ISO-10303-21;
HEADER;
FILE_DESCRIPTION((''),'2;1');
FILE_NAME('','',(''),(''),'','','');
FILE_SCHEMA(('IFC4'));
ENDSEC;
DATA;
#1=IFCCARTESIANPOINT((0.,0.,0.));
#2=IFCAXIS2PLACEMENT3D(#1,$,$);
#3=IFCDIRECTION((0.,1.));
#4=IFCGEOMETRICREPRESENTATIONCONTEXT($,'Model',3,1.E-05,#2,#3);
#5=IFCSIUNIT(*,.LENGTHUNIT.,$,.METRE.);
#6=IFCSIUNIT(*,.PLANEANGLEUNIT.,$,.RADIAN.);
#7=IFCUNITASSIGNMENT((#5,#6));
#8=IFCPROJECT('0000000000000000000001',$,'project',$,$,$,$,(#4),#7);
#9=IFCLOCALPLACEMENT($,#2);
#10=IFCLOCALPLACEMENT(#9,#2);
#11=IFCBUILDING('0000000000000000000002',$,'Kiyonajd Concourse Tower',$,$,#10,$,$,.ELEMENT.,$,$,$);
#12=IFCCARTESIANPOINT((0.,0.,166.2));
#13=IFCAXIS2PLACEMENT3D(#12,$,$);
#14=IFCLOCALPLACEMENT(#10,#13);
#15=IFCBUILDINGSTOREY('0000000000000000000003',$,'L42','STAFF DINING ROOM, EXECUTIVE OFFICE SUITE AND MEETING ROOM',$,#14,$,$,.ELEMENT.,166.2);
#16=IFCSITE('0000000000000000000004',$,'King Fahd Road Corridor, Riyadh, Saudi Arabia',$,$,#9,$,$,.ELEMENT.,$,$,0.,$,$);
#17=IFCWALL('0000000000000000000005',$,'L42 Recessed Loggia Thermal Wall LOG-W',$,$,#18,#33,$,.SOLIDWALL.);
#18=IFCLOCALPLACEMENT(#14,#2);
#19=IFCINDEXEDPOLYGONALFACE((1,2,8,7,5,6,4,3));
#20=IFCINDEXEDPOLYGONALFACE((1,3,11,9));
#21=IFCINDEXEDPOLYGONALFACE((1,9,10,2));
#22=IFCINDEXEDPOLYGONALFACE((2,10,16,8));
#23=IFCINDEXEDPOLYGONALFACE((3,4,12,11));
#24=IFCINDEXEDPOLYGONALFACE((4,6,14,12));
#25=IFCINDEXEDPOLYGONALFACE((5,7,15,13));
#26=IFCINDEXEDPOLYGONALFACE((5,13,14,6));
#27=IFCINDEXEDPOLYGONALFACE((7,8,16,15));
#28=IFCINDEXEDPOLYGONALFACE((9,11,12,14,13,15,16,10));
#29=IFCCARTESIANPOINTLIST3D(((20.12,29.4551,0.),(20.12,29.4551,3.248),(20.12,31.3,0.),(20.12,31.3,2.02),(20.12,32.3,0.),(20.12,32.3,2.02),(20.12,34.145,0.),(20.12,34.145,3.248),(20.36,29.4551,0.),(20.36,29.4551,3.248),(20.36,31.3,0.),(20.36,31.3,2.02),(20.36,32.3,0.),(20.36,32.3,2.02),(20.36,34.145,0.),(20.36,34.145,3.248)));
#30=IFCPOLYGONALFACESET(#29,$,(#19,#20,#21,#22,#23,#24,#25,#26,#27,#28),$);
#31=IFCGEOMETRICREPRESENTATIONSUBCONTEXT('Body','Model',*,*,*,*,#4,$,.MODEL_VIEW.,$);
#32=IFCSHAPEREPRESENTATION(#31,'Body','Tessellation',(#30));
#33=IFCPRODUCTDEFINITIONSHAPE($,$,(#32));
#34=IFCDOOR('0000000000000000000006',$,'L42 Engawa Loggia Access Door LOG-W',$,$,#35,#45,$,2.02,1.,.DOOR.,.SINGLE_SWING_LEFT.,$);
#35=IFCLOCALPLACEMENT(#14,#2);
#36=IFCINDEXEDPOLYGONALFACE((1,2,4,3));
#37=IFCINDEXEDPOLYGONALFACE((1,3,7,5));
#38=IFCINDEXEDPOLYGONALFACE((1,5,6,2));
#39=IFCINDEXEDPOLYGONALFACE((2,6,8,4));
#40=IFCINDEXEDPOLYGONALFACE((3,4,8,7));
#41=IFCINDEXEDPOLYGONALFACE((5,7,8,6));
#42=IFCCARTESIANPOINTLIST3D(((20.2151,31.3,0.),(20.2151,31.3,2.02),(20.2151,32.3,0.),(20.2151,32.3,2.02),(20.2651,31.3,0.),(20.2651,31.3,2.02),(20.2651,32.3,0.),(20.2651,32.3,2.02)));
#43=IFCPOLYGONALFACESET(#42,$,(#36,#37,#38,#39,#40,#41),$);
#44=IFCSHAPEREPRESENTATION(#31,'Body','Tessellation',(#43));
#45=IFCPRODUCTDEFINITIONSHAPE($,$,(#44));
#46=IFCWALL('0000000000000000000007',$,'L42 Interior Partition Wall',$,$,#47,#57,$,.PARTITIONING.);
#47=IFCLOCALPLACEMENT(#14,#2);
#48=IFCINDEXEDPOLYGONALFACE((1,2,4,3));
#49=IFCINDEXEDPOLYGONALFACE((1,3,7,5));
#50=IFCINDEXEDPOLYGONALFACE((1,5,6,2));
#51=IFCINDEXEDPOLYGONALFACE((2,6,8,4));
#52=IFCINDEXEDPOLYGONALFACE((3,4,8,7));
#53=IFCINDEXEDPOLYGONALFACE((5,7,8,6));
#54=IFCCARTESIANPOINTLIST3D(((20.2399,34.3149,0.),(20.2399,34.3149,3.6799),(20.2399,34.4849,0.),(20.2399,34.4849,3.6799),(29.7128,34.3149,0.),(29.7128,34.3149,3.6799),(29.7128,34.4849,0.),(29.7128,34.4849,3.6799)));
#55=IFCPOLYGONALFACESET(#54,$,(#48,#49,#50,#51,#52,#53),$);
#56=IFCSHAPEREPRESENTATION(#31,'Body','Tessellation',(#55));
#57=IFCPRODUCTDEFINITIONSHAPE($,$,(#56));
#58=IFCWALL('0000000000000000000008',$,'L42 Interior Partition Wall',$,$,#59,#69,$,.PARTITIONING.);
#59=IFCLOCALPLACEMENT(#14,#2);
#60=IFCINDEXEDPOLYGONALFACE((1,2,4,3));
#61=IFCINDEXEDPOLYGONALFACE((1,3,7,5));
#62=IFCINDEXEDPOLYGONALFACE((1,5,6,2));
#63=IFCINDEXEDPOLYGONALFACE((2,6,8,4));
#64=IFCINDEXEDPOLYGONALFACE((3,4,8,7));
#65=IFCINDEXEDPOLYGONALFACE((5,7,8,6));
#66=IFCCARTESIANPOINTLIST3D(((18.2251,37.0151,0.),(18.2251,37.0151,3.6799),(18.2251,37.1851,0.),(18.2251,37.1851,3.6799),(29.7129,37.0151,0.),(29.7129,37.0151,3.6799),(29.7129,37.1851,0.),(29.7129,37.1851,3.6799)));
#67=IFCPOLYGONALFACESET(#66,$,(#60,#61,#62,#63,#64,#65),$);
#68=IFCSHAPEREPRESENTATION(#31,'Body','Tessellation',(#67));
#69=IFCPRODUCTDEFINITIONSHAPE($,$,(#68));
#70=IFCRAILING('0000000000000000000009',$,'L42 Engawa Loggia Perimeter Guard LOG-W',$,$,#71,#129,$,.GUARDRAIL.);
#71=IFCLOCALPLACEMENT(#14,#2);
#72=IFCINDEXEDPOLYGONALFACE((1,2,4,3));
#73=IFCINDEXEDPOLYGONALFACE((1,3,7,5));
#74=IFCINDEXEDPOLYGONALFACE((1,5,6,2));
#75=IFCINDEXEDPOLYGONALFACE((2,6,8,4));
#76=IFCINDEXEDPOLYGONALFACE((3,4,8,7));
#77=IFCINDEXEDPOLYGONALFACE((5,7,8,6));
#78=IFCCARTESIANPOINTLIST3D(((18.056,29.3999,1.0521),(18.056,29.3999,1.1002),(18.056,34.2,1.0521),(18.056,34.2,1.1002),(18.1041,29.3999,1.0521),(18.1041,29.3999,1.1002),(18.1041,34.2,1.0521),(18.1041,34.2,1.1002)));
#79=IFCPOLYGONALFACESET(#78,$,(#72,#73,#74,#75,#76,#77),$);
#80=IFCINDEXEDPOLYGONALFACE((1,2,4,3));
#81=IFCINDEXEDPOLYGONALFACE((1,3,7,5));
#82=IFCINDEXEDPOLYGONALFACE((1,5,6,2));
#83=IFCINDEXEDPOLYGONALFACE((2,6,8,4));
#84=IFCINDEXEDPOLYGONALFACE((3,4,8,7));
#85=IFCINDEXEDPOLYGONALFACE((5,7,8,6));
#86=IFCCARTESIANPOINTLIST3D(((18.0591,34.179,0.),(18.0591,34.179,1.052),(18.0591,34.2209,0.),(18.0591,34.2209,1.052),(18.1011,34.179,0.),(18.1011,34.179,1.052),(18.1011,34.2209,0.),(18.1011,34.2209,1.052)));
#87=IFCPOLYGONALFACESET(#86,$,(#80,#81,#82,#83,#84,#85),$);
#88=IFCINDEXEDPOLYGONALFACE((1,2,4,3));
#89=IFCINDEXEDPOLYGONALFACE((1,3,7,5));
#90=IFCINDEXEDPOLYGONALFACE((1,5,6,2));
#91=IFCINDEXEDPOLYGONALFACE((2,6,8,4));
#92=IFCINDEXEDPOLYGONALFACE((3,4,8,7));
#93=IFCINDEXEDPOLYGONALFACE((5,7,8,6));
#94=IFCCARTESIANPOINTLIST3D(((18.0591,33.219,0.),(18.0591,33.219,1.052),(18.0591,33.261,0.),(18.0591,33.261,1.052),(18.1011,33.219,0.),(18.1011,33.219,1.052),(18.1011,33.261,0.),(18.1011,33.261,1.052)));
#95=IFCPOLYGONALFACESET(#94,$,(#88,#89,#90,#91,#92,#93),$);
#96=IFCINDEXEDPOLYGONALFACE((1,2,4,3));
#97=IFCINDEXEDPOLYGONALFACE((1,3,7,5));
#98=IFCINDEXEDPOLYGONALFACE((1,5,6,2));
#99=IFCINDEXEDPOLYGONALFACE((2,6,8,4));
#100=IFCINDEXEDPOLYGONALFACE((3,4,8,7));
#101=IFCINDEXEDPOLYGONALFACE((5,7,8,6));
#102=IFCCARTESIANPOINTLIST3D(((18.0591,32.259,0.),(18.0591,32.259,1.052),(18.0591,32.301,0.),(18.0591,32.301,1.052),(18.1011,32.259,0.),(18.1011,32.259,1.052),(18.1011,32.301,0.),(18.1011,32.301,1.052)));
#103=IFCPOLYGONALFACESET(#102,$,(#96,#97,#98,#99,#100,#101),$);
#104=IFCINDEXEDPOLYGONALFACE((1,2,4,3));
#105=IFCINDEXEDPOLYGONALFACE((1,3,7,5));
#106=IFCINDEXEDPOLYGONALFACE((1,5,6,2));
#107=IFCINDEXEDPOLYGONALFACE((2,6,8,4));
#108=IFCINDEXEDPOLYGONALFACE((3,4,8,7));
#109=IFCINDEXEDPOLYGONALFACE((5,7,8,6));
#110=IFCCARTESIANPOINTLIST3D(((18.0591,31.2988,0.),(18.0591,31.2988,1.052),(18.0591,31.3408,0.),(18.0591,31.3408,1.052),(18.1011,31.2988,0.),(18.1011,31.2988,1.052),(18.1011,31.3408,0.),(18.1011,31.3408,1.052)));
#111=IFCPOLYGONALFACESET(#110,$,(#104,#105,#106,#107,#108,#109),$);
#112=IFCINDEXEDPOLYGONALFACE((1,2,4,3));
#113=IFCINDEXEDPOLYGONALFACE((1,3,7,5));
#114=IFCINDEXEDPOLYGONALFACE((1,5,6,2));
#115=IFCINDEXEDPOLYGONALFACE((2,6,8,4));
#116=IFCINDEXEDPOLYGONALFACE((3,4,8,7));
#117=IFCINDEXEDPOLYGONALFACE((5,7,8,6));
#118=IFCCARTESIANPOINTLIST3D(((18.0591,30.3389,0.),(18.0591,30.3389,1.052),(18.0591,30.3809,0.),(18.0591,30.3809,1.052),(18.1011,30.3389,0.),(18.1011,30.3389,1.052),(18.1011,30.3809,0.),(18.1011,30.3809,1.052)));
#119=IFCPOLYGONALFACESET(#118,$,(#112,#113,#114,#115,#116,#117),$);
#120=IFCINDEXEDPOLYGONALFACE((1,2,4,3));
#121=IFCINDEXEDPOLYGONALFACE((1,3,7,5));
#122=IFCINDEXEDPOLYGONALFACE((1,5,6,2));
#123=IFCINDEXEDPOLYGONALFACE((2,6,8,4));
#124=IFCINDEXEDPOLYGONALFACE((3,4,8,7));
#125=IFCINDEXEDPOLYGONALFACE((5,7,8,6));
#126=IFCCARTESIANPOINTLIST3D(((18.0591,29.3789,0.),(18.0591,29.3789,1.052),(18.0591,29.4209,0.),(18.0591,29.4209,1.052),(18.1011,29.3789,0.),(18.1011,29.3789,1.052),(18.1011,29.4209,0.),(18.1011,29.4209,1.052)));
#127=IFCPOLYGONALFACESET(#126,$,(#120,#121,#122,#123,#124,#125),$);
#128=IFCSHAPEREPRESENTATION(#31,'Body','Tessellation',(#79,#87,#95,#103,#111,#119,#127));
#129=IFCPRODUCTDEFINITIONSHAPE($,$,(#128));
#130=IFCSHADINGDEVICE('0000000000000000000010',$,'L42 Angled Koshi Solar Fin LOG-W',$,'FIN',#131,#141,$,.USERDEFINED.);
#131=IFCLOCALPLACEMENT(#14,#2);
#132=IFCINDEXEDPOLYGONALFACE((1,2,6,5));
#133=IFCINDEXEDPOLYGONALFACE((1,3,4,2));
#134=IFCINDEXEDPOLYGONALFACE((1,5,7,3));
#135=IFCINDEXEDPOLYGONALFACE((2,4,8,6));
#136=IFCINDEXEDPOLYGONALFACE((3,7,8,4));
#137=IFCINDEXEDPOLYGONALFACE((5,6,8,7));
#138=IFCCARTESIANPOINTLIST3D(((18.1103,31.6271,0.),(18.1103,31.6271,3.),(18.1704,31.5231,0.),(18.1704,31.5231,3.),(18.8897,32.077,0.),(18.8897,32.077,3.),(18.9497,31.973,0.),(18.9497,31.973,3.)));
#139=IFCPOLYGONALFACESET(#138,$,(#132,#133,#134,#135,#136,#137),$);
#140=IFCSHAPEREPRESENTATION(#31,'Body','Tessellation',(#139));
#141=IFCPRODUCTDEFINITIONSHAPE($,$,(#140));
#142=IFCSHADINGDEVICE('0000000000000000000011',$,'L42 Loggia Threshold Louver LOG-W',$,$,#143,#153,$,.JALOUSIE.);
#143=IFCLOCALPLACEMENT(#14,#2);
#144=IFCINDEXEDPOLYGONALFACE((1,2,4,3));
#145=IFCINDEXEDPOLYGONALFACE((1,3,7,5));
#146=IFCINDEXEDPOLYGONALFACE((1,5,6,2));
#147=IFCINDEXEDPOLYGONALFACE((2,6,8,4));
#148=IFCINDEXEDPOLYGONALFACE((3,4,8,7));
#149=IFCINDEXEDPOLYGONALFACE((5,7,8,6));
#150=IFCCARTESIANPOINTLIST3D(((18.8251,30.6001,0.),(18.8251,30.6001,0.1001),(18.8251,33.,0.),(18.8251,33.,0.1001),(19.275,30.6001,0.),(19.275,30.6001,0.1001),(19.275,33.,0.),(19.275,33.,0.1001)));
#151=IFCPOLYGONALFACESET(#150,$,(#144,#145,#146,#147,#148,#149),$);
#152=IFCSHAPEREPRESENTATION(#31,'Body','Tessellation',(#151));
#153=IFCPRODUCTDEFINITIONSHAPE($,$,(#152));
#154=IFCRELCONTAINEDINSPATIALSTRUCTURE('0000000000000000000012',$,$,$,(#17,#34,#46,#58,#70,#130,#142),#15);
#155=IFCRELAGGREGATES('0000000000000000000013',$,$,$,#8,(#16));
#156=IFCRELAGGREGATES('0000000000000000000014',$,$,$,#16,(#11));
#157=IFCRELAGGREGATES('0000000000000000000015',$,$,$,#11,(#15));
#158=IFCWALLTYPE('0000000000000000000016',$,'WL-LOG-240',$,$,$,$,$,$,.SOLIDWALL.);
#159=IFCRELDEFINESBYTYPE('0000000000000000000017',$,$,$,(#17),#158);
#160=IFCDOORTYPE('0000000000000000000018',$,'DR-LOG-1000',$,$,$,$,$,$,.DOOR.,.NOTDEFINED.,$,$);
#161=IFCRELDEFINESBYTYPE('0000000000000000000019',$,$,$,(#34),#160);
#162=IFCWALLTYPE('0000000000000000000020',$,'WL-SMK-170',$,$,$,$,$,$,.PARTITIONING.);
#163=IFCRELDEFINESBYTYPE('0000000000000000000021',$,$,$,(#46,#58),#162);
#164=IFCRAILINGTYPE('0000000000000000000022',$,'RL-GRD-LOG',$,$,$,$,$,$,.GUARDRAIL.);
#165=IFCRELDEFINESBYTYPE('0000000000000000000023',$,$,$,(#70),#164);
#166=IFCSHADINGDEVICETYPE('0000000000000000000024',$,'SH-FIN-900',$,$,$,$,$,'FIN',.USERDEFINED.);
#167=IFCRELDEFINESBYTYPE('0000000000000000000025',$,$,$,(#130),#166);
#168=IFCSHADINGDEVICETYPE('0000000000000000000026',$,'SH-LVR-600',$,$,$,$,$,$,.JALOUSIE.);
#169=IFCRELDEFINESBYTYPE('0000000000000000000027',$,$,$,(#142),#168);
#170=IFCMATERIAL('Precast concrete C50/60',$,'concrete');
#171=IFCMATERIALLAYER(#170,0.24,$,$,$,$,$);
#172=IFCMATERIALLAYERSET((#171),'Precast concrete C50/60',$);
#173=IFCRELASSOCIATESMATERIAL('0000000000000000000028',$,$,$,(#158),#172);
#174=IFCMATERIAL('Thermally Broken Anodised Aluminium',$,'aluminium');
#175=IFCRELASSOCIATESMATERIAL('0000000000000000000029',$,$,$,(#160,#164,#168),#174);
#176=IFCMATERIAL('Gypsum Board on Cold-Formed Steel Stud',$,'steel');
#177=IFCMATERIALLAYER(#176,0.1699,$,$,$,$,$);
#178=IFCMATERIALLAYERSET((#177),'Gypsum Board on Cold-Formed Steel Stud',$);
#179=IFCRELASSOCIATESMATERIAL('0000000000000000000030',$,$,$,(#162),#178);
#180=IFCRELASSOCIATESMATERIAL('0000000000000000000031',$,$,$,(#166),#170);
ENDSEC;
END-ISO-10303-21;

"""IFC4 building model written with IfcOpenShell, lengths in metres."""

from ifc_helpers import new_model, si_unit, direction, frame, frame_2d, origin, origin_2d, place, context, subcontext, project, spatial, rectangle, extrude, material, layer, layer_set, type_object, element, fill, save


model = new_model("IFC4")

# Units and contexts
model_context = context("Model", 3, precision=1e-05, world=origin(), true_north=direction((0.0, 1.0)))
body_context = subcontext(model_context, "Body", "Model", "MODEL_VIEW")
ifc_project = project(units=[si_unit("LENGTHUNIT", "METRE"), si_unit("PLANEANGLEUNIT", "RADIAN")], contexts=[model_context])

# Site, building, storey
site_placement = place(None, origin())
site = spatial("IfcSite", under=ifc_project, at=site_placement, Name="King Fahd Road Corridor, Riyadh, Saudi Arabia", CompositionType="ELEMENT", RefElevation=0.0)
building_placement = place(site_placement, origin())
building = spatial("IfcBuilding", under=site, at=building_placement, Name="Kiyonajd Concourse Tower", CompositionType="ELEMENT")
storey_placement = place(building_placement, frame((0.0, 0.0, 166.2)))
storey = spatial("IfcBuildingStorey", under=building, at=storey_placement, Name="L42", Description="STAFF DINING ROOM, EXECUTIVE OFFICE SUITE AND MEETING ROOM", CompositionType="ELEMENT", Elevation=166.2)

# Shared definitions
ifc_material_1 = material(Name="Thermally Broken Anodised Aluminium", Category="aluminium")

# Shared definitions
ifc_material_2 = material(Name="Precast concrete C50/60", Category="concrete")

# Wall, opening, door
ifc_layer_1 = layer(ifc_material_2, 0.24)
ifc_layer_set_1 = layer_set([ifc_layer_1], Name="Precast concrete C50/60")
wall_type_1 = type_object("IfcWallType", Name="WL-LOG-240", PredefinedType="SOLIDWALL", material=ifc_layer_set_1)
wall_1_placement = place(storey_placement, frame((20.24, 29.4551, 0.0), z_axis=(0.0, 0.0, 1.0), x_axis=(0.0, 1.0, 0.0)))
wall_1 = element("IfcWall", 1, at=wall_1_placement, inside=storey, type_object=wall_type_1, Name="L42 Recessed Loggia Thermal Wall LOG-W", PredefinedType="SOLIDWALL", context=body_context, shape_type="SweptSolid", body=[
    extrude(rectangle(XDim=4.6899, YDim=0.24, at=frame_2d((2.345, 0.0))), origin(), (0.0, 0.0, 1.0), 3.248),
])
opening_placement = place(wall_1_placement, frame((1.845, 0.0, 0.0)))
opening = element("IfcOpeningElement", 2, at=opening_placement, cuts=wall_1, PredefinedType="OPENING", context=body_context, shape_type="SweptSolid", body=[
    extrude(rectangle(XDim=1.0, YDim=2.02, at=frame_2d((0.5, 1.01))), frame((0.0, 0.1299, 0.0), z_axis=(0.0, -1.0, 0.0), x_axis=(1.0, 0.0, 0.0)), (0.0, 0.0, 1.0), 0.26),
])
door_type = type_object("IfcDoorType", Name="DR-LOG-1000", OperationType="NOTDEFINED", PredefinedType="DOOR", material=ifc_material_1)
door_placement = place(opening_placement, origin())
door = element("IfcDoor", 3, at=door_placement, inside=storey, type_object=door_type, Name="L42 Engawa Loggia Access Door LOG-W", OperationType="SINGLE_SWING_LEFT", OverallHeight=2.02, OverallWidth=1.0, PredefinedType="DOOR", context=body_context, shape_type="SweptSolid", body=[
    extrude(rectangle(XDim=1.0, YDim=2.02, at=frame_2d((0.5, 1.01))), frame((0.0, 0.0249, 0.0), z_axis=(0.0, -1.0, 0.0), x_axis=(1.0, 0.0, 0.0)), (0.0, 0.0, 1.0), 0.05),
])
fill(opening, door)

# Walls
ifc_material_3 = material(Name="Gypsum Board on Cold-Formed Steel Stud", Category="steel")
ifc_layer_2 = layer(ifc_material_3, 0.1699)
ifc_layer_set_2 = layer_set([ifc_layer_2], Name="Gypsum Board on Cold-Formed Steel Stud")
wall_type_2 = type_object("IfcWallType", Name="WL-SMK-170", PredefinedType="PARTITIONING", material=ifc_layer_set_2)
wall_2_placement = place(storey_placement, frame((20.24, 34.3999, 0.0), z_axis=(0.0, 0.0, 1.0), x_axis=(1.0, 0.0, 0.0)))
element("IfcWall", 4, at=wall_2_placement, inside=storey, type_object=wall_type_2, Name="L42 Interior Partition Wall", PredefinedType="PARTITIONING", context=body_context, shape_type="SweptSolid", body=[
    extrude(rectangle(XDim=9.4729, YDim=0.1699, at=frame_2d((4.7363, 0.0))), origin(), (0.0, 0.0, 1.0), 3.6799),
])
wall_3_placement = place(storey_placement, frame((18.2251, 37.1001, 0.0), z_axis=(0.0, 0.0, 1.0), x_axis=(1.0, 0.0, 0.0)))
element("IfcWall", 5, at=wall_3_placement, inside=storey, type_object=wall_type_2, Name="L42 Interior Partition Wall", PredefinedType="PARTITIONING", context=body_context, shape_type="SweptSolid", body=[
    extrude(rectangle(XDim=11.4878, YDim=0.1699, at=frame_2d((5.7439, 0.0))), origin(), (0.0, 0.0, 1.0), 3.6799),
])

# Railing
railing_type = type_object("IfcRailingType", Name="RL-GRD-LOG", PredefinedType="GUARDRAIL", material=ifc_material_1)
railing_placement = place(storey_placement, frame((18.0801, 34.2, 0.0)))
element("IfcRailing", 6, at=railing_placement, inside=storey, type_object=railing_type, Name="L42 Engawa Loggia Perimeter Guard LOG-W", PredefinedType="GUARDRAIL", context=body_context, shape_type="SweptSolid", body=[
    extrude(rectangle(XDim=0.0481, YDim=0.0481, at=origin_2d()), frame((0.0, 0.0, 1.0762), z_axis=(0.0, -1.0, 0.0), x_axis=(1.0, 0.0, 0.0)), (0.0, 0.0, 1.0), 4.8),
    extrude(rectangle(XDim=0.042, YDim=0.042, at=origin_2d()), origin(), (0.0, 0.0, 1.0), 1.052),
    extrude(rectangle(XDim=0.042, YDim=0.042, at=origin_2d()), frame((0.0, -0.96, 0.0)), (0.0, 0.0, 1.0), 1.052),
    extrude(rectangle(XDim=0.042, YDim=0.042, at=origin_2d()), frame((0.0, -1.9199, 0.0)), (0.0, 0.0, 1.0), 1.052),
    extrude(rectangle(XDim=0.042, YDim=0.042, at=origin_2d()), frame((0.0, -2.8801, 0.0)), (0.0, 0.0, 1.0), 1.052),
    extrude(rectangle(XDim=0.042, YDim=0.042, at=origin_2d()), frame((0.0, -3.8401, 0.0)), (0.0, 0.0, 1.0), 1.052),
    extrude(rectangle(XDim=0.042, YDim=0.042, at=origin_2d()), frame((0.0, -4.8, 0.0)), (0.0, 0.0, 1.0), 1.052),
])

# Shading devices
shading_device_type_1 = type_object("IfcShadingDeviceType", Name="SH-FIN-900", ElementType="FIN", PredefinedType="USERDEFINED", material=ifc_material_2)
shading_device_1_placement = place(storey_placement, frame((18.53, 31.8, 0.0), z_axis=(0.0, 0.0, 1.0), x_axis=(0.866025, 0.5, 0.0)))
element("IfcShadingDevice", 7, at=shading_device_1_placement, inside=storey, type_object=shading_device_type_1, Name="L42 Angled Koshi Solar Fin LOG-W", ObjectType="FIN", PredefinedType="USERDEFINED", context=body_context, shape_type="SweptSolid", body=[
    extrude(rectangle(XDim=0.8999, YDim=0.1201, at=origin_2d()), origin(), (0.0, 0.0, 1.0), 3.0),
])
shading_device_type_2 = type_object("IfcShadingDeviceType", Name="SH-LVR-600", PredefinedType="JALOUSIE", material=ifc_material_1)
shading_device_2_placement = place(storey_placement, frame((19.05, 31.8, 0.0), z_axis=(0.0, 0.0, 1.0), x_axis=(0.0, 1.0, 0.0)))
element("IfcShadingDevice", 8, at=shading_device_2_placement, inside=storey, type_object=shading_device_type_2, Name="L42 Loggia Threshold Louver LOG-W", PredefinedType="JALOUSIE", context=body_context, shape_type="SweptSolid", body=[
    extrude(rectangle(XDim=2.3999, YDim=0.45, at=origin_2d()), origin(), (0.0, 0.0, 1.0), 0.1001),
])

save(model, "model.ifc")
